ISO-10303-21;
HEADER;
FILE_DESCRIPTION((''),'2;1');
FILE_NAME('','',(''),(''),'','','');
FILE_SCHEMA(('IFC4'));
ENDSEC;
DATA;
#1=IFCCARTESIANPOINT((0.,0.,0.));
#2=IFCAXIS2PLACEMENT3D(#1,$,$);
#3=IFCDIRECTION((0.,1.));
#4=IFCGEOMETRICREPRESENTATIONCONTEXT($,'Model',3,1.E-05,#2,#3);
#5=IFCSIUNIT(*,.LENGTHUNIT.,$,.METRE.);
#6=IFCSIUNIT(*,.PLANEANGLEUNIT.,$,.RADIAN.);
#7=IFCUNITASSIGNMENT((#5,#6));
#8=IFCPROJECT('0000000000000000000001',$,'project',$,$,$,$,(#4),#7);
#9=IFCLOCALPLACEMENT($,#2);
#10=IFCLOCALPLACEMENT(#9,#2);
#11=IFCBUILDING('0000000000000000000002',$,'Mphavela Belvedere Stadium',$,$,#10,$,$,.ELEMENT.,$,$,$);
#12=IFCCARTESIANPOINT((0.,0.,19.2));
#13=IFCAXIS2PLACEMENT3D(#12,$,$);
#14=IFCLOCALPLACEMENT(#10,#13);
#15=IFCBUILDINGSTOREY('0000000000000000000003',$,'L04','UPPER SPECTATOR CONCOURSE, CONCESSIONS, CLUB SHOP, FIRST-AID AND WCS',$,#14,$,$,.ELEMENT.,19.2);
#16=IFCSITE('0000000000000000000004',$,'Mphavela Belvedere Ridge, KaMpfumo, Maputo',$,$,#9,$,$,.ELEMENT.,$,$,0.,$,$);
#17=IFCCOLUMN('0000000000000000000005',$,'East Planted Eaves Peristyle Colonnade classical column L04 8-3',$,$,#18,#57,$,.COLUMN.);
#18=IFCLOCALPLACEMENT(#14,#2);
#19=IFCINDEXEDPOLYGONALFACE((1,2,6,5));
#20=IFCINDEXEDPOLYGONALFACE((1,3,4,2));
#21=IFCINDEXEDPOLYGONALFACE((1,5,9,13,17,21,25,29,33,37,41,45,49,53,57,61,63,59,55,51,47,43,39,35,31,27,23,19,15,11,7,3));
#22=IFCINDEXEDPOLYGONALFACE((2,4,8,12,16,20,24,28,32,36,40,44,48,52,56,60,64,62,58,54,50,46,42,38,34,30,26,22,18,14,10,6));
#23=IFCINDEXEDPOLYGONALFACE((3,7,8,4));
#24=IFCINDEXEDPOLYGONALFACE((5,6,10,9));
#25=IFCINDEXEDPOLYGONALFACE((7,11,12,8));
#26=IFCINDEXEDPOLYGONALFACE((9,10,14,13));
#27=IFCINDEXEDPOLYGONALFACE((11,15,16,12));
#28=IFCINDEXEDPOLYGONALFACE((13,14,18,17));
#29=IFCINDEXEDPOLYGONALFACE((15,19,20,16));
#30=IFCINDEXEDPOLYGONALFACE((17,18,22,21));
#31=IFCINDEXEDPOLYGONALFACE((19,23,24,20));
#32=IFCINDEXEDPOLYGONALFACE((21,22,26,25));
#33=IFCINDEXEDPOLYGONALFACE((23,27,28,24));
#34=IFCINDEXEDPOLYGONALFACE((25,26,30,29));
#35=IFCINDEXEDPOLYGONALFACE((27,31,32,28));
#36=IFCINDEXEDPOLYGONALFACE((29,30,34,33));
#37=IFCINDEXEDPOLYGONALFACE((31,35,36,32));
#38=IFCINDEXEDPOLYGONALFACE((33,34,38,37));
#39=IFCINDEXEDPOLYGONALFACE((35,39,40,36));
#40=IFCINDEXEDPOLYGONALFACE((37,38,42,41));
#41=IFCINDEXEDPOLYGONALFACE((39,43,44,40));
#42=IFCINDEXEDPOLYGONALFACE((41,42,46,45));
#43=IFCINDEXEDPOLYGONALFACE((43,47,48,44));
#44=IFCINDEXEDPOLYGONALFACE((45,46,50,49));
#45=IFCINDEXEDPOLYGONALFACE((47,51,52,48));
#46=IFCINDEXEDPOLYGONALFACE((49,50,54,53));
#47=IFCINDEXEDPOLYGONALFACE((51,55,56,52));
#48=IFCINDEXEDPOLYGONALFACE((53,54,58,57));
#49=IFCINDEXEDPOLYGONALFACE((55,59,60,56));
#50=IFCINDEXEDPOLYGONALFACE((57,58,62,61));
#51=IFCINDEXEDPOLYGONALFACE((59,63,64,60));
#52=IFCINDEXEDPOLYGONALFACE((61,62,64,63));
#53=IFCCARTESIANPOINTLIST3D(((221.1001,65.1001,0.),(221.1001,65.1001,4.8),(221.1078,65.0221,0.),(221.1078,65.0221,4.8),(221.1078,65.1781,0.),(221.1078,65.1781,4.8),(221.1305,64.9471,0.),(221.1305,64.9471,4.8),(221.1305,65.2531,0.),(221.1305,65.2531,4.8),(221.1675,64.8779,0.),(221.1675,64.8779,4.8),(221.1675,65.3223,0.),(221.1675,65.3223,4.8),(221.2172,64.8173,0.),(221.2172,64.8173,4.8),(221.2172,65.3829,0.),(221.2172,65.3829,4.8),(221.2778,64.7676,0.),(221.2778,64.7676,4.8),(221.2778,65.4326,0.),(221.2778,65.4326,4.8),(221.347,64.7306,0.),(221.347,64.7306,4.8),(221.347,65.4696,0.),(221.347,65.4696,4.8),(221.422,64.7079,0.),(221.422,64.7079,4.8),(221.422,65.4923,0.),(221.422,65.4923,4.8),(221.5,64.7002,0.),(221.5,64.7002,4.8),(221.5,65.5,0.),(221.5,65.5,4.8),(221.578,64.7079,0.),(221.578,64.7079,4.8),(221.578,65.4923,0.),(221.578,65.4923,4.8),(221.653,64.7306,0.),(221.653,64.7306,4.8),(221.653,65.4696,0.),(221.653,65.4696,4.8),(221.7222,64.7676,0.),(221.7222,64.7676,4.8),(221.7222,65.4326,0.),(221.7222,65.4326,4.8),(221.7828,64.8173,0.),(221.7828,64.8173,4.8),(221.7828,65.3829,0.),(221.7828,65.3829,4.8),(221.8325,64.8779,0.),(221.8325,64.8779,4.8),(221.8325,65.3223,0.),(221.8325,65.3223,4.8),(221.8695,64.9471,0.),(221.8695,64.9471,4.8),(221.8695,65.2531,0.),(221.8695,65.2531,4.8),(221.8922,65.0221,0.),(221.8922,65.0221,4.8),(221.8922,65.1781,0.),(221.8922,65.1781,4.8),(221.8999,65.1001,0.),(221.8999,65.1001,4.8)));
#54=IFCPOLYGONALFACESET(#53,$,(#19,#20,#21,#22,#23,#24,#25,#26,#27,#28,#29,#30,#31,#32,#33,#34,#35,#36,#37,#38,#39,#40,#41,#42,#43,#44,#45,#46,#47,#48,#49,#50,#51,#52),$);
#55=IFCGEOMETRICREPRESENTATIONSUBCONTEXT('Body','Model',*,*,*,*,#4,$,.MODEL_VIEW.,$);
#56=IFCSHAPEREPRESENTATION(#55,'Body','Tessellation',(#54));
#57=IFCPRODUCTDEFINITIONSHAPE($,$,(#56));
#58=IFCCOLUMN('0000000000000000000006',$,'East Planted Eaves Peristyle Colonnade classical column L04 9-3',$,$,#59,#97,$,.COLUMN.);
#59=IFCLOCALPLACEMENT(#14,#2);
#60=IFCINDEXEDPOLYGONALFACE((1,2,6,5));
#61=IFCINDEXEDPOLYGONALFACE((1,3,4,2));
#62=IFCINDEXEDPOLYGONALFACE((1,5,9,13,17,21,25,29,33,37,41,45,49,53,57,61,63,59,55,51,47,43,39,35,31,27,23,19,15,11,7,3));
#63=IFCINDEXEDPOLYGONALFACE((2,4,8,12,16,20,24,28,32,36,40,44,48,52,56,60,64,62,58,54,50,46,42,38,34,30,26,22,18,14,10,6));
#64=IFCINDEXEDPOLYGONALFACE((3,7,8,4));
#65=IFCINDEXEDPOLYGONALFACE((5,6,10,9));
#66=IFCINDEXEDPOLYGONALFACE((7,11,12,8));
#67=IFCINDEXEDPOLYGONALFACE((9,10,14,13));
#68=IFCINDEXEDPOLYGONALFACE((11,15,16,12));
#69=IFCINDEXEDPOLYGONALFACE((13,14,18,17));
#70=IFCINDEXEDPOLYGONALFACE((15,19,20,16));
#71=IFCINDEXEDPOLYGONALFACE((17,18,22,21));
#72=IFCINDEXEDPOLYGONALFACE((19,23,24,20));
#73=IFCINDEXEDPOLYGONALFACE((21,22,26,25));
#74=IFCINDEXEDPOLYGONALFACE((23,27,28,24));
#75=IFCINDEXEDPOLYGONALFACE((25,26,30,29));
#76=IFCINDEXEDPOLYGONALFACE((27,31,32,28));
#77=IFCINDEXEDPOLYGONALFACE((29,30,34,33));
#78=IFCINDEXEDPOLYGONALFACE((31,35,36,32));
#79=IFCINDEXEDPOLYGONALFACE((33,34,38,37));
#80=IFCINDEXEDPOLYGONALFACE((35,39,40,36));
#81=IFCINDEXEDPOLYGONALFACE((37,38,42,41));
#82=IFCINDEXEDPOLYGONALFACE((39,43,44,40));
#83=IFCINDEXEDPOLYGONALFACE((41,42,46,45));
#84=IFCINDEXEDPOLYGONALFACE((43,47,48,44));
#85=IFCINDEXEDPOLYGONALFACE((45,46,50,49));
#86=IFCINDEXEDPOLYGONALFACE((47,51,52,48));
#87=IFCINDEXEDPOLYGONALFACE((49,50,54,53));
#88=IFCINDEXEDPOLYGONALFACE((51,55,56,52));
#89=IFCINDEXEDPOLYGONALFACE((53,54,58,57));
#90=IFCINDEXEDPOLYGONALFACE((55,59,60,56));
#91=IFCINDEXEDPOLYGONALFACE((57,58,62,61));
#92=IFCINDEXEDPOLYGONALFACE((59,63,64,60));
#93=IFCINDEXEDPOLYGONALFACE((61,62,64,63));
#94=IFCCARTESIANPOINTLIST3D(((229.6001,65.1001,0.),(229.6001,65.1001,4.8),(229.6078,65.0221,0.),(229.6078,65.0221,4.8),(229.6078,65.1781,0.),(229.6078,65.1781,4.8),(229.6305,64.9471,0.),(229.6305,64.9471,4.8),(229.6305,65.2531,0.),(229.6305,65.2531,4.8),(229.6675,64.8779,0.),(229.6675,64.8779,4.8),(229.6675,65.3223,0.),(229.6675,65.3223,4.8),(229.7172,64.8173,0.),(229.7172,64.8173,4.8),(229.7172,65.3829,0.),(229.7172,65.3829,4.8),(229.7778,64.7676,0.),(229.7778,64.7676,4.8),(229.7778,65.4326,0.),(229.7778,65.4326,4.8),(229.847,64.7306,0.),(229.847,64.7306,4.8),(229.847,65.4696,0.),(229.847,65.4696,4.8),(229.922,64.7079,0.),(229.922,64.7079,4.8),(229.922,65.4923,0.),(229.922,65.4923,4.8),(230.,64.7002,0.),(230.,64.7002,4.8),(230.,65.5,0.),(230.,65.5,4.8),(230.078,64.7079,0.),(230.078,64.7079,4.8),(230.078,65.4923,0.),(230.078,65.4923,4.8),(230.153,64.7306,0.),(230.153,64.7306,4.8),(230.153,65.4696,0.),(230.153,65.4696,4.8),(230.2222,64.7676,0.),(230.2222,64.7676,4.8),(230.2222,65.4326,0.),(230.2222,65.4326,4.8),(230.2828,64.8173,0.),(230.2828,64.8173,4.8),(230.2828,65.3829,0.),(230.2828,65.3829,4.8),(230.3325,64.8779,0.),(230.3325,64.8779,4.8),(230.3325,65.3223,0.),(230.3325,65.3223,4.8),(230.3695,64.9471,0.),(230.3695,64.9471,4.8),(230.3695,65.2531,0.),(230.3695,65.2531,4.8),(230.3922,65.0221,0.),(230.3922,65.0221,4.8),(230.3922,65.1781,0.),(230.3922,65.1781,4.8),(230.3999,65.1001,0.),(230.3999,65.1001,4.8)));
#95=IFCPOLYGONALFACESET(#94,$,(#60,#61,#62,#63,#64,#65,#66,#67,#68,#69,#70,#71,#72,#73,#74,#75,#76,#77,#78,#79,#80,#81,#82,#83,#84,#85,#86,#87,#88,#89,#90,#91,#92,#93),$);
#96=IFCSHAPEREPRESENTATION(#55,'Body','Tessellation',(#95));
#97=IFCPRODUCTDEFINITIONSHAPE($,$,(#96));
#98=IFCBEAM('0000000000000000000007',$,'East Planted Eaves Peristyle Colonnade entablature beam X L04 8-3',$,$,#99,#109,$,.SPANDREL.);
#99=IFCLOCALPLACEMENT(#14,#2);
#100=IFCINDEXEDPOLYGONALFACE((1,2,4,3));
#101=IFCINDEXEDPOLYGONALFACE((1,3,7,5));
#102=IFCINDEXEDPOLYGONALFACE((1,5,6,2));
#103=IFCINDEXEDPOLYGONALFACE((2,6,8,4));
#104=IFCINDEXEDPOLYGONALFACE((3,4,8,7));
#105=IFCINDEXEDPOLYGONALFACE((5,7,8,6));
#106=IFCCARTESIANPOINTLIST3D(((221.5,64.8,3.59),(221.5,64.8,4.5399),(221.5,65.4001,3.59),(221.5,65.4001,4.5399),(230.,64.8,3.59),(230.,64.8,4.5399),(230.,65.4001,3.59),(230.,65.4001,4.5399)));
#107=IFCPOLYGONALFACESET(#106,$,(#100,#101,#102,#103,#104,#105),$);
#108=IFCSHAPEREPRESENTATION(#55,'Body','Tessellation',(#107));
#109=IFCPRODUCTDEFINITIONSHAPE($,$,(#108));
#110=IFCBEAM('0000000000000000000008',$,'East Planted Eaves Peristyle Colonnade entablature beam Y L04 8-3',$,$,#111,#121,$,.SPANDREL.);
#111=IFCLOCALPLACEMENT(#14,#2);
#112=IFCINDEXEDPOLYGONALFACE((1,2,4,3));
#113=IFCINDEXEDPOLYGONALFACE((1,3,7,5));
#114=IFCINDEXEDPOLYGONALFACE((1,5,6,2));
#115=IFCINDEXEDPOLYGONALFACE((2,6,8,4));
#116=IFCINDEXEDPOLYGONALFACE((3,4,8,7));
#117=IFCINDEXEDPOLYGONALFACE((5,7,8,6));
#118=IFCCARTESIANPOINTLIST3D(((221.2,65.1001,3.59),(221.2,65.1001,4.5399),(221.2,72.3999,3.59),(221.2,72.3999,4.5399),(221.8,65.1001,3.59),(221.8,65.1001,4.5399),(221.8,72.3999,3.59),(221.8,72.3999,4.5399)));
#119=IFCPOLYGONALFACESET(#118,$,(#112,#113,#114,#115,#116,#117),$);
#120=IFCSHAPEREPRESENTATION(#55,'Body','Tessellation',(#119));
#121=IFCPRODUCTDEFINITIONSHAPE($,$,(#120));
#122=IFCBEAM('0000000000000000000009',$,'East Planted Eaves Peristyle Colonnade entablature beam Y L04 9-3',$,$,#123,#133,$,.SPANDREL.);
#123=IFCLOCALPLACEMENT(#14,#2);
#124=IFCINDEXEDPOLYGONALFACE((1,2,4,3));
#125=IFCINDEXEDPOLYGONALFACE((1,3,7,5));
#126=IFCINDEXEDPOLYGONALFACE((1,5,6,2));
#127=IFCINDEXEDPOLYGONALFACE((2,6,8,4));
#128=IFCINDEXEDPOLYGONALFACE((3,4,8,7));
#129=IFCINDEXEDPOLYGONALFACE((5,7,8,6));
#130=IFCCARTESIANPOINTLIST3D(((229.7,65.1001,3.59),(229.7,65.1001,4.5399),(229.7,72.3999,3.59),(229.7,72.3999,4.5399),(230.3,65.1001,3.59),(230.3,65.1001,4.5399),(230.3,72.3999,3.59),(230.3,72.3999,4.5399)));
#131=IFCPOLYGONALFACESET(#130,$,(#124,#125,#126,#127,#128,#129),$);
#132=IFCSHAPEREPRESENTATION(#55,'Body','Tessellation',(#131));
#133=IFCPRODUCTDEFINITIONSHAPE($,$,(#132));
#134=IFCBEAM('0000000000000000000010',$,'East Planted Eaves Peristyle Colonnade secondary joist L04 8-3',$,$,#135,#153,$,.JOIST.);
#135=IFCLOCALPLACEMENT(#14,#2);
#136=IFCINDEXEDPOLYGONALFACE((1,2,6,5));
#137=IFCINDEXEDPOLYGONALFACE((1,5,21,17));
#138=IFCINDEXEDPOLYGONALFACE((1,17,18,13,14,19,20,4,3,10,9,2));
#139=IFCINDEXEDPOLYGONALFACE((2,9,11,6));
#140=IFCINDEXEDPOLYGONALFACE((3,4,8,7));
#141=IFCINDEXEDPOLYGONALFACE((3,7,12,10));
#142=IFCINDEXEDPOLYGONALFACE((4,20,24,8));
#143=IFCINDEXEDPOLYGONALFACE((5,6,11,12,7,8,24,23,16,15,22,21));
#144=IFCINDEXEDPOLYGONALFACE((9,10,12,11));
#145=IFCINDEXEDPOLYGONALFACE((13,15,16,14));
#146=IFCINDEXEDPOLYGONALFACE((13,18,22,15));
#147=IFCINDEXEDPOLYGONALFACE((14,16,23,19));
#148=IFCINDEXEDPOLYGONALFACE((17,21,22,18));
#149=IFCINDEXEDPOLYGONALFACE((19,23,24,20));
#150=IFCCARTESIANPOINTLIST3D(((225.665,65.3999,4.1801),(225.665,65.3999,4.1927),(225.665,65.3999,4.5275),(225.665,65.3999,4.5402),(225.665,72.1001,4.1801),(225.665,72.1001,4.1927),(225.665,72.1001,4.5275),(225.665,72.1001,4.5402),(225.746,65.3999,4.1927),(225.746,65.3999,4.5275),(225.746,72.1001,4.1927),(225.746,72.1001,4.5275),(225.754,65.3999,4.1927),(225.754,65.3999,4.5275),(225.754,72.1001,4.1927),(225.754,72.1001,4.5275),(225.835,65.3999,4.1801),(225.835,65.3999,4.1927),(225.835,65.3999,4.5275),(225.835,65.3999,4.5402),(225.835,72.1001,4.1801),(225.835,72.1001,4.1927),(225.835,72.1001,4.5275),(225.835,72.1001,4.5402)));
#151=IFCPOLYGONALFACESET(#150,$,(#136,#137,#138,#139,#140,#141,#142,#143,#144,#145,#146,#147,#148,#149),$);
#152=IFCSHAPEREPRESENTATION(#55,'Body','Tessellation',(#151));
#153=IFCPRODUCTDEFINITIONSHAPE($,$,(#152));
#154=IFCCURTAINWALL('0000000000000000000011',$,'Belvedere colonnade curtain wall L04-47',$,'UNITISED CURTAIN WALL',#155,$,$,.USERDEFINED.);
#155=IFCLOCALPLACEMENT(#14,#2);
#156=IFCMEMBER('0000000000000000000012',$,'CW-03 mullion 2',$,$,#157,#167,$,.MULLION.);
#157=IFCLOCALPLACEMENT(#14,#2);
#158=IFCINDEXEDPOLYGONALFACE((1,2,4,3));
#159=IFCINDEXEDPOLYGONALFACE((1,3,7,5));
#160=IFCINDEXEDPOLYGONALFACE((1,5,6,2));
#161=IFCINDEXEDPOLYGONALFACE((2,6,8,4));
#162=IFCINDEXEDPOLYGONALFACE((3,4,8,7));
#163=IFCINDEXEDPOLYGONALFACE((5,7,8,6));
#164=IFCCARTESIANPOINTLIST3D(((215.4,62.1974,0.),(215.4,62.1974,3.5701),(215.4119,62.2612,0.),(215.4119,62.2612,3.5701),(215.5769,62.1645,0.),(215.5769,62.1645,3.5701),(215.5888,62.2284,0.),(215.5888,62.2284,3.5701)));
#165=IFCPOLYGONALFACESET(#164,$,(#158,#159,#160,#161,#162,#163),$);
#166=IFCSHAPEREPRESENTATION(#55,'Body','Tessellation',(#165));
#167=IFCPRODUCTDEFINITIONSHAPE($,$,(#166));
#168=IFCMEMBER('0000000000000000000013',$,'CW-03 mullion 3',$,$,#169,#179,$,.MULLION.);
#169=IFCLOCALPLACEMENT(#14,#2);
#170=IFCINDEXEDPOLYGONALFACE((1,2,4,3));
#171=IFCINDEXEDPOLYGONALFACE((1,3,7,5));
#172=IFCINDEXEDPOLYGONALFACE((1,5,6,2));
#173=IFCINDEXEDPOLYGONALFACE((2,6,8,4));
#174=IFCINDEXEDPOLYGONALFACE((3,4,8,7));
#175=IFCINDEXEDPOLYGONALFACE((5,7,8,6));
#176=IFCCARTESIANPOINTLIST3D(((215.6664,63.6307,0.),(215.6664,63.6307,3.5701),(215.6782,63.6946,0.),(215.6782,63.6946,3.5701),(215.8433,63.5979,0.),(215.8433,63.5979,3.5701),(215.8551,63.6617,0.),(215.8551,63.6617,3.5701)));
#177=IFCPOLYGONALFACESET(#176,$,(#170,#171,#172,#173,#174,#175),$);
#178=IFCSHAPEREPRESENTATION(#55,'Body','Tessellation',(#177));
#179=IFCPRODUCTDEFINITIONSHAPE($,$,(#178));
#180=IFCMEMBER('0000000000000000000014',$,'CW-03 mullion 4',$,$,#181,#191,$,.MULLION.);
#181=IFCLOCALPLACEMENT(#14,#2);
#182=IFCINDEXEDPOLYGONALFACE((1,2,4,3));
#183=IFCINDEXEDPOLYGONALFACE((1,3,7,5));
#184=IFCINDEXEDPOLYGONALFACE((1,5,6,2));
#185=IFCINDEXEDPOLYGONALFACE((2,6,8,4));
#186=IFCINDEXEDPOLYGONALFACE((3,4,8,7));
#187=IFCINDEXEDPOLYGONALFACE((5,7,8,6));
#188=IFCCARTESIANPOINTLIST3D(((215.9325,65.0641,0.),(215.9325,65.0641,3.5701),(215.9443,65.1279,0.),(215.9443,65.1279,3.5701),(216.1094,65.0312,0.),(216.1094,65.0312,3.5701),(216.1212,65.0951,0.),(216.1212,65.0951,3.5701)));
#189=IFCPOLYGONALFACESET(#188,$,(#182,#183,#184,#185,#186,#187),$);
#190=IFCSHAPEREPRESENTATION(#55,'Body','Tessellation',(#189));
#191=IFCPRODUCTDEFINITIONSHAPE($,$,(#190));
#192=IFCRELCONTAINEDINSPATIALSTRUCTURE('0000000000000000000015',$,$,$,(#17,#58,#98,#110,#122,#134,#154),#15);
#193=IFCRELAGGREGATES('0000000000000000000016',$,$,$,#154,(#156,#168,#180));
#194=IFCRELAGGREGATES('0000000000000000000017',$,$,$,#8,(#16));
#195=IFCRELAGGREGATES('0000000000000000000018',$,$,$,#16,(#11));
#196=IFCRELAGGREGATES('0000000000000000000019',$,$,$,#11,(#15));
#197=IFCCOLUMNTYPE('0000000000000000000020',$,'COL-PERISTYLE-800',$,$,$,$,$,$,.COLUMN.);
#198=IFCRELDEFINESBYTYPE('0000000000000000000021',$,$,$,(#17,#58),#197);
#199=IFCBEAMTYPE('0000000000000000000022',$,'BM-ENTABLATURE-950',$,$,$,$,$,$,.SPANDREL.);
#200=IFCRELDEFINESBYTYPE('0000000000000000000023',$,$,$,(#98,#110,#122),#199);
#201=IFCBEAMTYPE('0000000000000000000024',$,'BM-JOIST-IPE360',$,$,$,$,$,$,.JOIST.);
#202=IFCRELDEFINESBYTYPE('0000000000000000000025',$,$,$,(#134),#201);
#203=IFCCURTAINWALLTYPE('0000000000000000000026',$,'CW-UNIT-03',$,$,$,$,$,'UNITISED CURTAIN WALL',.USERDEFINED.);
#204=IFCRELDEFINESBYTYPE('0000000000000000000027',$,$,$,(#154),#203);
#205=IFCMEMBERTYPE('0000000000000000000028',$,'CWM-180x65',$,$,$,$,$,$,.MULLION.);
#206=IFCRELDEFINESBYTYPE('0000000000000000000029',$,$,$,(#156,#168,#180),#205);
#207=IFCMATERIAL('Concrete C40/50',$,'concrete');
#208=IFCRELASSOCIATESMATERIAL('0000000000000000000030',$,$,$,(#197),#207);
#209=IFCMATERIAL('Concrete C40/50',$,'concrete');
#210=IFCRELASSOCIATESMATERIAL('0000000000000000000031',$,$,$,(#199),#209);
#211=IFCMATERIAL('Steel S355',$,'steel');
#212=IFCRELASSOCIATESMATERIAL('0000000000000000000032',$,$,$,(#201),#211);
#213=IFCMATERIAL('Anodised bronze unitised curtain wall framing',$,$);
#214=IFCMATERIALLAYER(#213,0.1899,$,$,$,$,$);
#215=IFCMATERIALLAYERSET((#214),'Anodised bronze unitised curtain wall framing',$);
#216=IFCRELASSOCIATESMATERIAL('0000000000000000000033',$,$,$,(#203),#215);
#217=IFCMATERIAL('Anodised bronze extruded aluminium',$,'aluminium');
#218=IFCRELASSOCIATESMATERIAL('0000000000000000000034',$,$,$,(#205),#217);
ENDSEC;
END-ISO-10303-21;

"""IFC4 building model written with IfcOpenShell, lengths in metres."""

from ifc_helpers import new_model, si_unit, direction, frame, origin, origin_2d, place, context, subcontext, project, spatial, rectangle, circle, i_section, extrude, material, layer, layer_set, material_profile, profile_set, type_object, element, aggregate, save


model = new_model("IFC4")

# Units and contexts
model_context = context("Model", 3, precision=1e-05, world=origin(), true_north=direction((0.0, 1.0)))
body_context = subcontext(model_context, "Body", "Model", "MODEL_VIEW")
ifc_project = project(units=[si_unit("LENGTHUNIT", "METRE"), si_unit("PLANEANGLEUNIT", "RADIAN")], contexts=[model_context])

# Site, building, storey
site_placement = place(None, origin())
site = spatial("IfcSite", under=ifc_project, at=site_placement, Name="Mphavela Belvedere Ridge, KaMpfumo, Maputo", CompositionType="ELEMENT", RefElevation=0.0)
building_placement = place(site_placement, origin())
building = spatial("IfcBuilding", under=site, at=building_placement, Name="Mphavela Belvedere Stadium", CompositionType="ELEMENT")
storey_placement = place(building_placement, frame((0.0, 0.0, 19.2)))
storey = spatial("IfcBuildingStorey", under=building, at=storey_placement, Name="L04", Description="UPPER SPECTATOR CONCOURSE, CONCESSIONS, CLUB SHOP, FIRST-AID AND WCS", CompositionType="ELEMENT", Elevation=19.2)

# Columns
ifc_material_1 = material(Name="Concrete C40/50", Category="concrete")
ifc_material_profile_1 = material_profile(ifc_material_1, circle(Radius=0.3999, at=origin_2d()), Name="COL D800")
ifc_profile_set_1 = profile_set([ifc_material_profile_1], Name="Concrete C40/50")
column_type = type_object("IfcColumnType", Name="COL-PERISTYLE-800", PredefinedType="COLUMN", material=ifc_profile_set_1)
for number, where, z_axis, x_axis, name in (
    (1, (221.5, 65.1001, 0.0), (0.0, 0.0, 1.0), (1.0, 0.0, 0.0), "East Planted Eaves Peristyle Colonnade classical column L04 8-3"),
    (2, (230.0, 65.1001, 0.0), (0.0, 0.0, 1.0), (1.0, 0.0, 0.0), "East Planted Eaves Peristyle Colonnade classical column L04 9-3"),
):
    element("IfcColumn", number, at=place(storey_placement, frame(where, z_axis=z_axis, x_axis=x_axis)), inside=storey, type_object=column_type, Name=name, PredefinedType="COLUMN", context=body_context, shape_type="SweptSolid", body=[
        extrude(circle(Radius=0.3999, at=origin_2d()), origin(), (0.0, 0.0, 1.0), 4.8),
    ])

# Beams
ifc_material_2 = material(Name="Concrete C40/50", Category="concrete")
ifc_material_profile_2 = material_profile(ifc_material_2, rectangle(XDim=0.6001, YDim=0.95, at=origin_2d()), Name="RC 600x950")
ifc_profile_set_2 = profile_set([ifc_material_profile_2], Name="Concrete C40/50")
beam_type_1 = type_object("IfcBeamType", Name="BM-ENTABLATURE-950", PredefinedType="SPANDREL", material=ifc_profile_set_2)
beam_1_placement = place(storey_placement, frame((221.5, 65.1001, 4.0649), z_axis=(1.0, 0.0, 0.0), x_axis=(0.0, 1.0, 0.0)))
element("IfcBeam", 3, at=beam_1_placement, inside=storey, type_object=beam_type_1, Name="East Planted Eaves Peristyle Colonnade entablature beam X L04 8-3", PredefinedType="SPANDREL", context=body_context, shape_type="SweptSolid", body=[
    extrude(rectangle(XDim=0.6001, YDim=0.95, at=origin_2d()), origin(), (0.0, 0.0, 1.0), 8.5),
])
for number, where, z_axis, x_axis, name in (
    (4, (221.5, 65.1001, 4.0649), (0.0, 1.0, 0.0), (-1.0, 0.0, 0.0), "East Planted Eaves Peristyle Colonnade entablature beam Y L04 8-3"),
    (5, (230.0, 65.1001, 4.0649), (0.0, 1.0, 0.0), (-1.0, 0.0, 0.0), "East Planted Eaves Peristyle Colonnade entablature beam Y L04 9-3"),
):
    element("IfcBeam", number, at=place(storey_placement, frame(where, z_axis=z_axis, x_axis=x_axis)), inside=storey, type_object=beam_type_1, Name=name, PredefinedType="SPANDREL", context=body_context, shape_type="SweptSolid", body=[
        extrude(rectangle(XDim=0.6001, YDim=0.95, at=origin_2d()), origin(), (0.0, 0.0, 1.0), 7.2998),
    ])
ifc_material_3 = material(Name="Steel S355", Category="steel")
ifc_material_profile_3 = material_profile(ifc_material_3, i_section(OverallWidth=0.1699, OverallDepth=0.3601, WebThickness=0.0081, FlangeThickness=0.0127, at=origin_2d()), Name="IPE 360")
ifc_profile_set_3 = profile_set([ifc_material_profile_3], Name="Steel S355")
beam_type_2 = type_object("IfcBeamType", Name="BM-JOIST-IPE360", PredefinedType="JOIST", material=ifc_profile_set_3)
beam_2_placement = place(storey_placement, frame((225.75, 65.3999, 4.3601), z_axis=(0.0, 1.0, 0.0), x_axis=(-1.0, 0.0, 0.0)))
element("IfcBeam", 6, at=beam_2_placement, inside=storey, type_object=beam_type_2, Name="East Planted Eaves Peristyle Colonnade secondary joist L04 8-3", PredefinedType="JOIST", context=body_context, shape_type="SweptSolid", body=[
    extrude(i_section(OverallWidth=0.1699, OverallDepth=0.3601, WebThickness=0.0081, FlangeThickness=0.0127, at=origin_2d()), origin(), (0.0, 0.0, 1.0), 6.7002),
])

# Curtain wall, members
ifc_material_4 = material(Name="Anodised bronze unitised curtain wall framing")
ifc_layer_1 = layer(ifc_material_4, 0.1899)
ifc_layer_set_1 = layer_set([ifc_layer_1], Name="Anodised bronze unitised curtain wall framing")
curtain_wall_type = type_object("IfcCurtainWallType", Name="CW-UNIT-03", ElementType="UNITISED CURTAIN WALL", PredefinedType="USERDEFINED", material=ifc_layer_set_1)
curtain_wall_placement = place(storey_placement, origin())
curtain_wall = element("IfcCurtainWall", 7, at=curtain_wall_placement, inside=storey, type_object=curtain_wall_type, Name="Belvedere colonnade curtain wall L04-47", ObjectType="UNITISED CURTAIN WALL", PredefinedType="USERDEFINED")
ifc_material_5 = material(Name="Anodised bronze extruded aluminium", Category="aluminium")
ifc_material_profile_4 = material_profile(ifc_material_5, rectangle(XDim=0.1799, YDim=0.0649, at=origin_2d()), Name="CW-MUL 180x65")
ifc_profile_set_4 = profile_set([ifc_material_profile_4], Name="Anodised bronze extruded aluminium")
member_type_1 = type_object("IfcMemberType", Name="CWM-180x65", PredefinedType="MULLION", material=ifc_profile_set_4)
member_1_placement = place(storey_placement, frame((215.4944, 62.2129, 0.0), z_axis=(0.0, 0.0, 1.0), x_axis=(-0.983184, 0.182618, 0.0)))
member_1 = element("IfcMember", 8, at=member_1_placement, type_object=member_type_1, Name="CW-03 mullion 2", PredefinedType="MULLION", context=body_context, shape_type="SweptSolid", body=[
    extrude(rectangle(XDim=0.1799, YDim=0.0649, at=origin_2d()), origin(), (0.0, 0.0, 1.0), 3.5701),
])
member_2_placement = place(storey_placement, frame((215.7607, 63.6462, 0.0), z_axis=(0.0, 0.0, 1.0), x_axis=(-0.983184, 0.182618, 0.0)))
member_2 = element("IfcMember", 9, at=member_2_placement, type_object=member_type_1, Name="CW-03 mullion 3", PredefinedType="MULLION", context=body_context, shape_type="SweptSolid", body=[
    extrude(rectangle(XDim=0.1799, YDim=0.0649, at=origin_2d()), origin(), (0.0, 0.0, 1.0), 3.5701),
])
member_3_placement = place(storey_placement, frame((216.0269, 65.0796, 0.0), z_axis=(0.0, 0.0, 1.0), x_axis=(-0.983184, 0.182618, 0.0)))
member_3 = element("IfcMember", 10, at=member_3_placement, type_object=member_type_1, Name="CW-03 mullion 4", PredefinedType="MULLION", context=body_context, shape_type="SweptSolid", body=[
    extrude(rectangle(XDim=0.1799, YDim=0.0649, at=origin_2d()), origin(), (0.0, 0.0, 1.0), 3.5701),
])
aggregate(curtain_wall, [member_1, member_2, member_3])

save(model, "model.ifc")
